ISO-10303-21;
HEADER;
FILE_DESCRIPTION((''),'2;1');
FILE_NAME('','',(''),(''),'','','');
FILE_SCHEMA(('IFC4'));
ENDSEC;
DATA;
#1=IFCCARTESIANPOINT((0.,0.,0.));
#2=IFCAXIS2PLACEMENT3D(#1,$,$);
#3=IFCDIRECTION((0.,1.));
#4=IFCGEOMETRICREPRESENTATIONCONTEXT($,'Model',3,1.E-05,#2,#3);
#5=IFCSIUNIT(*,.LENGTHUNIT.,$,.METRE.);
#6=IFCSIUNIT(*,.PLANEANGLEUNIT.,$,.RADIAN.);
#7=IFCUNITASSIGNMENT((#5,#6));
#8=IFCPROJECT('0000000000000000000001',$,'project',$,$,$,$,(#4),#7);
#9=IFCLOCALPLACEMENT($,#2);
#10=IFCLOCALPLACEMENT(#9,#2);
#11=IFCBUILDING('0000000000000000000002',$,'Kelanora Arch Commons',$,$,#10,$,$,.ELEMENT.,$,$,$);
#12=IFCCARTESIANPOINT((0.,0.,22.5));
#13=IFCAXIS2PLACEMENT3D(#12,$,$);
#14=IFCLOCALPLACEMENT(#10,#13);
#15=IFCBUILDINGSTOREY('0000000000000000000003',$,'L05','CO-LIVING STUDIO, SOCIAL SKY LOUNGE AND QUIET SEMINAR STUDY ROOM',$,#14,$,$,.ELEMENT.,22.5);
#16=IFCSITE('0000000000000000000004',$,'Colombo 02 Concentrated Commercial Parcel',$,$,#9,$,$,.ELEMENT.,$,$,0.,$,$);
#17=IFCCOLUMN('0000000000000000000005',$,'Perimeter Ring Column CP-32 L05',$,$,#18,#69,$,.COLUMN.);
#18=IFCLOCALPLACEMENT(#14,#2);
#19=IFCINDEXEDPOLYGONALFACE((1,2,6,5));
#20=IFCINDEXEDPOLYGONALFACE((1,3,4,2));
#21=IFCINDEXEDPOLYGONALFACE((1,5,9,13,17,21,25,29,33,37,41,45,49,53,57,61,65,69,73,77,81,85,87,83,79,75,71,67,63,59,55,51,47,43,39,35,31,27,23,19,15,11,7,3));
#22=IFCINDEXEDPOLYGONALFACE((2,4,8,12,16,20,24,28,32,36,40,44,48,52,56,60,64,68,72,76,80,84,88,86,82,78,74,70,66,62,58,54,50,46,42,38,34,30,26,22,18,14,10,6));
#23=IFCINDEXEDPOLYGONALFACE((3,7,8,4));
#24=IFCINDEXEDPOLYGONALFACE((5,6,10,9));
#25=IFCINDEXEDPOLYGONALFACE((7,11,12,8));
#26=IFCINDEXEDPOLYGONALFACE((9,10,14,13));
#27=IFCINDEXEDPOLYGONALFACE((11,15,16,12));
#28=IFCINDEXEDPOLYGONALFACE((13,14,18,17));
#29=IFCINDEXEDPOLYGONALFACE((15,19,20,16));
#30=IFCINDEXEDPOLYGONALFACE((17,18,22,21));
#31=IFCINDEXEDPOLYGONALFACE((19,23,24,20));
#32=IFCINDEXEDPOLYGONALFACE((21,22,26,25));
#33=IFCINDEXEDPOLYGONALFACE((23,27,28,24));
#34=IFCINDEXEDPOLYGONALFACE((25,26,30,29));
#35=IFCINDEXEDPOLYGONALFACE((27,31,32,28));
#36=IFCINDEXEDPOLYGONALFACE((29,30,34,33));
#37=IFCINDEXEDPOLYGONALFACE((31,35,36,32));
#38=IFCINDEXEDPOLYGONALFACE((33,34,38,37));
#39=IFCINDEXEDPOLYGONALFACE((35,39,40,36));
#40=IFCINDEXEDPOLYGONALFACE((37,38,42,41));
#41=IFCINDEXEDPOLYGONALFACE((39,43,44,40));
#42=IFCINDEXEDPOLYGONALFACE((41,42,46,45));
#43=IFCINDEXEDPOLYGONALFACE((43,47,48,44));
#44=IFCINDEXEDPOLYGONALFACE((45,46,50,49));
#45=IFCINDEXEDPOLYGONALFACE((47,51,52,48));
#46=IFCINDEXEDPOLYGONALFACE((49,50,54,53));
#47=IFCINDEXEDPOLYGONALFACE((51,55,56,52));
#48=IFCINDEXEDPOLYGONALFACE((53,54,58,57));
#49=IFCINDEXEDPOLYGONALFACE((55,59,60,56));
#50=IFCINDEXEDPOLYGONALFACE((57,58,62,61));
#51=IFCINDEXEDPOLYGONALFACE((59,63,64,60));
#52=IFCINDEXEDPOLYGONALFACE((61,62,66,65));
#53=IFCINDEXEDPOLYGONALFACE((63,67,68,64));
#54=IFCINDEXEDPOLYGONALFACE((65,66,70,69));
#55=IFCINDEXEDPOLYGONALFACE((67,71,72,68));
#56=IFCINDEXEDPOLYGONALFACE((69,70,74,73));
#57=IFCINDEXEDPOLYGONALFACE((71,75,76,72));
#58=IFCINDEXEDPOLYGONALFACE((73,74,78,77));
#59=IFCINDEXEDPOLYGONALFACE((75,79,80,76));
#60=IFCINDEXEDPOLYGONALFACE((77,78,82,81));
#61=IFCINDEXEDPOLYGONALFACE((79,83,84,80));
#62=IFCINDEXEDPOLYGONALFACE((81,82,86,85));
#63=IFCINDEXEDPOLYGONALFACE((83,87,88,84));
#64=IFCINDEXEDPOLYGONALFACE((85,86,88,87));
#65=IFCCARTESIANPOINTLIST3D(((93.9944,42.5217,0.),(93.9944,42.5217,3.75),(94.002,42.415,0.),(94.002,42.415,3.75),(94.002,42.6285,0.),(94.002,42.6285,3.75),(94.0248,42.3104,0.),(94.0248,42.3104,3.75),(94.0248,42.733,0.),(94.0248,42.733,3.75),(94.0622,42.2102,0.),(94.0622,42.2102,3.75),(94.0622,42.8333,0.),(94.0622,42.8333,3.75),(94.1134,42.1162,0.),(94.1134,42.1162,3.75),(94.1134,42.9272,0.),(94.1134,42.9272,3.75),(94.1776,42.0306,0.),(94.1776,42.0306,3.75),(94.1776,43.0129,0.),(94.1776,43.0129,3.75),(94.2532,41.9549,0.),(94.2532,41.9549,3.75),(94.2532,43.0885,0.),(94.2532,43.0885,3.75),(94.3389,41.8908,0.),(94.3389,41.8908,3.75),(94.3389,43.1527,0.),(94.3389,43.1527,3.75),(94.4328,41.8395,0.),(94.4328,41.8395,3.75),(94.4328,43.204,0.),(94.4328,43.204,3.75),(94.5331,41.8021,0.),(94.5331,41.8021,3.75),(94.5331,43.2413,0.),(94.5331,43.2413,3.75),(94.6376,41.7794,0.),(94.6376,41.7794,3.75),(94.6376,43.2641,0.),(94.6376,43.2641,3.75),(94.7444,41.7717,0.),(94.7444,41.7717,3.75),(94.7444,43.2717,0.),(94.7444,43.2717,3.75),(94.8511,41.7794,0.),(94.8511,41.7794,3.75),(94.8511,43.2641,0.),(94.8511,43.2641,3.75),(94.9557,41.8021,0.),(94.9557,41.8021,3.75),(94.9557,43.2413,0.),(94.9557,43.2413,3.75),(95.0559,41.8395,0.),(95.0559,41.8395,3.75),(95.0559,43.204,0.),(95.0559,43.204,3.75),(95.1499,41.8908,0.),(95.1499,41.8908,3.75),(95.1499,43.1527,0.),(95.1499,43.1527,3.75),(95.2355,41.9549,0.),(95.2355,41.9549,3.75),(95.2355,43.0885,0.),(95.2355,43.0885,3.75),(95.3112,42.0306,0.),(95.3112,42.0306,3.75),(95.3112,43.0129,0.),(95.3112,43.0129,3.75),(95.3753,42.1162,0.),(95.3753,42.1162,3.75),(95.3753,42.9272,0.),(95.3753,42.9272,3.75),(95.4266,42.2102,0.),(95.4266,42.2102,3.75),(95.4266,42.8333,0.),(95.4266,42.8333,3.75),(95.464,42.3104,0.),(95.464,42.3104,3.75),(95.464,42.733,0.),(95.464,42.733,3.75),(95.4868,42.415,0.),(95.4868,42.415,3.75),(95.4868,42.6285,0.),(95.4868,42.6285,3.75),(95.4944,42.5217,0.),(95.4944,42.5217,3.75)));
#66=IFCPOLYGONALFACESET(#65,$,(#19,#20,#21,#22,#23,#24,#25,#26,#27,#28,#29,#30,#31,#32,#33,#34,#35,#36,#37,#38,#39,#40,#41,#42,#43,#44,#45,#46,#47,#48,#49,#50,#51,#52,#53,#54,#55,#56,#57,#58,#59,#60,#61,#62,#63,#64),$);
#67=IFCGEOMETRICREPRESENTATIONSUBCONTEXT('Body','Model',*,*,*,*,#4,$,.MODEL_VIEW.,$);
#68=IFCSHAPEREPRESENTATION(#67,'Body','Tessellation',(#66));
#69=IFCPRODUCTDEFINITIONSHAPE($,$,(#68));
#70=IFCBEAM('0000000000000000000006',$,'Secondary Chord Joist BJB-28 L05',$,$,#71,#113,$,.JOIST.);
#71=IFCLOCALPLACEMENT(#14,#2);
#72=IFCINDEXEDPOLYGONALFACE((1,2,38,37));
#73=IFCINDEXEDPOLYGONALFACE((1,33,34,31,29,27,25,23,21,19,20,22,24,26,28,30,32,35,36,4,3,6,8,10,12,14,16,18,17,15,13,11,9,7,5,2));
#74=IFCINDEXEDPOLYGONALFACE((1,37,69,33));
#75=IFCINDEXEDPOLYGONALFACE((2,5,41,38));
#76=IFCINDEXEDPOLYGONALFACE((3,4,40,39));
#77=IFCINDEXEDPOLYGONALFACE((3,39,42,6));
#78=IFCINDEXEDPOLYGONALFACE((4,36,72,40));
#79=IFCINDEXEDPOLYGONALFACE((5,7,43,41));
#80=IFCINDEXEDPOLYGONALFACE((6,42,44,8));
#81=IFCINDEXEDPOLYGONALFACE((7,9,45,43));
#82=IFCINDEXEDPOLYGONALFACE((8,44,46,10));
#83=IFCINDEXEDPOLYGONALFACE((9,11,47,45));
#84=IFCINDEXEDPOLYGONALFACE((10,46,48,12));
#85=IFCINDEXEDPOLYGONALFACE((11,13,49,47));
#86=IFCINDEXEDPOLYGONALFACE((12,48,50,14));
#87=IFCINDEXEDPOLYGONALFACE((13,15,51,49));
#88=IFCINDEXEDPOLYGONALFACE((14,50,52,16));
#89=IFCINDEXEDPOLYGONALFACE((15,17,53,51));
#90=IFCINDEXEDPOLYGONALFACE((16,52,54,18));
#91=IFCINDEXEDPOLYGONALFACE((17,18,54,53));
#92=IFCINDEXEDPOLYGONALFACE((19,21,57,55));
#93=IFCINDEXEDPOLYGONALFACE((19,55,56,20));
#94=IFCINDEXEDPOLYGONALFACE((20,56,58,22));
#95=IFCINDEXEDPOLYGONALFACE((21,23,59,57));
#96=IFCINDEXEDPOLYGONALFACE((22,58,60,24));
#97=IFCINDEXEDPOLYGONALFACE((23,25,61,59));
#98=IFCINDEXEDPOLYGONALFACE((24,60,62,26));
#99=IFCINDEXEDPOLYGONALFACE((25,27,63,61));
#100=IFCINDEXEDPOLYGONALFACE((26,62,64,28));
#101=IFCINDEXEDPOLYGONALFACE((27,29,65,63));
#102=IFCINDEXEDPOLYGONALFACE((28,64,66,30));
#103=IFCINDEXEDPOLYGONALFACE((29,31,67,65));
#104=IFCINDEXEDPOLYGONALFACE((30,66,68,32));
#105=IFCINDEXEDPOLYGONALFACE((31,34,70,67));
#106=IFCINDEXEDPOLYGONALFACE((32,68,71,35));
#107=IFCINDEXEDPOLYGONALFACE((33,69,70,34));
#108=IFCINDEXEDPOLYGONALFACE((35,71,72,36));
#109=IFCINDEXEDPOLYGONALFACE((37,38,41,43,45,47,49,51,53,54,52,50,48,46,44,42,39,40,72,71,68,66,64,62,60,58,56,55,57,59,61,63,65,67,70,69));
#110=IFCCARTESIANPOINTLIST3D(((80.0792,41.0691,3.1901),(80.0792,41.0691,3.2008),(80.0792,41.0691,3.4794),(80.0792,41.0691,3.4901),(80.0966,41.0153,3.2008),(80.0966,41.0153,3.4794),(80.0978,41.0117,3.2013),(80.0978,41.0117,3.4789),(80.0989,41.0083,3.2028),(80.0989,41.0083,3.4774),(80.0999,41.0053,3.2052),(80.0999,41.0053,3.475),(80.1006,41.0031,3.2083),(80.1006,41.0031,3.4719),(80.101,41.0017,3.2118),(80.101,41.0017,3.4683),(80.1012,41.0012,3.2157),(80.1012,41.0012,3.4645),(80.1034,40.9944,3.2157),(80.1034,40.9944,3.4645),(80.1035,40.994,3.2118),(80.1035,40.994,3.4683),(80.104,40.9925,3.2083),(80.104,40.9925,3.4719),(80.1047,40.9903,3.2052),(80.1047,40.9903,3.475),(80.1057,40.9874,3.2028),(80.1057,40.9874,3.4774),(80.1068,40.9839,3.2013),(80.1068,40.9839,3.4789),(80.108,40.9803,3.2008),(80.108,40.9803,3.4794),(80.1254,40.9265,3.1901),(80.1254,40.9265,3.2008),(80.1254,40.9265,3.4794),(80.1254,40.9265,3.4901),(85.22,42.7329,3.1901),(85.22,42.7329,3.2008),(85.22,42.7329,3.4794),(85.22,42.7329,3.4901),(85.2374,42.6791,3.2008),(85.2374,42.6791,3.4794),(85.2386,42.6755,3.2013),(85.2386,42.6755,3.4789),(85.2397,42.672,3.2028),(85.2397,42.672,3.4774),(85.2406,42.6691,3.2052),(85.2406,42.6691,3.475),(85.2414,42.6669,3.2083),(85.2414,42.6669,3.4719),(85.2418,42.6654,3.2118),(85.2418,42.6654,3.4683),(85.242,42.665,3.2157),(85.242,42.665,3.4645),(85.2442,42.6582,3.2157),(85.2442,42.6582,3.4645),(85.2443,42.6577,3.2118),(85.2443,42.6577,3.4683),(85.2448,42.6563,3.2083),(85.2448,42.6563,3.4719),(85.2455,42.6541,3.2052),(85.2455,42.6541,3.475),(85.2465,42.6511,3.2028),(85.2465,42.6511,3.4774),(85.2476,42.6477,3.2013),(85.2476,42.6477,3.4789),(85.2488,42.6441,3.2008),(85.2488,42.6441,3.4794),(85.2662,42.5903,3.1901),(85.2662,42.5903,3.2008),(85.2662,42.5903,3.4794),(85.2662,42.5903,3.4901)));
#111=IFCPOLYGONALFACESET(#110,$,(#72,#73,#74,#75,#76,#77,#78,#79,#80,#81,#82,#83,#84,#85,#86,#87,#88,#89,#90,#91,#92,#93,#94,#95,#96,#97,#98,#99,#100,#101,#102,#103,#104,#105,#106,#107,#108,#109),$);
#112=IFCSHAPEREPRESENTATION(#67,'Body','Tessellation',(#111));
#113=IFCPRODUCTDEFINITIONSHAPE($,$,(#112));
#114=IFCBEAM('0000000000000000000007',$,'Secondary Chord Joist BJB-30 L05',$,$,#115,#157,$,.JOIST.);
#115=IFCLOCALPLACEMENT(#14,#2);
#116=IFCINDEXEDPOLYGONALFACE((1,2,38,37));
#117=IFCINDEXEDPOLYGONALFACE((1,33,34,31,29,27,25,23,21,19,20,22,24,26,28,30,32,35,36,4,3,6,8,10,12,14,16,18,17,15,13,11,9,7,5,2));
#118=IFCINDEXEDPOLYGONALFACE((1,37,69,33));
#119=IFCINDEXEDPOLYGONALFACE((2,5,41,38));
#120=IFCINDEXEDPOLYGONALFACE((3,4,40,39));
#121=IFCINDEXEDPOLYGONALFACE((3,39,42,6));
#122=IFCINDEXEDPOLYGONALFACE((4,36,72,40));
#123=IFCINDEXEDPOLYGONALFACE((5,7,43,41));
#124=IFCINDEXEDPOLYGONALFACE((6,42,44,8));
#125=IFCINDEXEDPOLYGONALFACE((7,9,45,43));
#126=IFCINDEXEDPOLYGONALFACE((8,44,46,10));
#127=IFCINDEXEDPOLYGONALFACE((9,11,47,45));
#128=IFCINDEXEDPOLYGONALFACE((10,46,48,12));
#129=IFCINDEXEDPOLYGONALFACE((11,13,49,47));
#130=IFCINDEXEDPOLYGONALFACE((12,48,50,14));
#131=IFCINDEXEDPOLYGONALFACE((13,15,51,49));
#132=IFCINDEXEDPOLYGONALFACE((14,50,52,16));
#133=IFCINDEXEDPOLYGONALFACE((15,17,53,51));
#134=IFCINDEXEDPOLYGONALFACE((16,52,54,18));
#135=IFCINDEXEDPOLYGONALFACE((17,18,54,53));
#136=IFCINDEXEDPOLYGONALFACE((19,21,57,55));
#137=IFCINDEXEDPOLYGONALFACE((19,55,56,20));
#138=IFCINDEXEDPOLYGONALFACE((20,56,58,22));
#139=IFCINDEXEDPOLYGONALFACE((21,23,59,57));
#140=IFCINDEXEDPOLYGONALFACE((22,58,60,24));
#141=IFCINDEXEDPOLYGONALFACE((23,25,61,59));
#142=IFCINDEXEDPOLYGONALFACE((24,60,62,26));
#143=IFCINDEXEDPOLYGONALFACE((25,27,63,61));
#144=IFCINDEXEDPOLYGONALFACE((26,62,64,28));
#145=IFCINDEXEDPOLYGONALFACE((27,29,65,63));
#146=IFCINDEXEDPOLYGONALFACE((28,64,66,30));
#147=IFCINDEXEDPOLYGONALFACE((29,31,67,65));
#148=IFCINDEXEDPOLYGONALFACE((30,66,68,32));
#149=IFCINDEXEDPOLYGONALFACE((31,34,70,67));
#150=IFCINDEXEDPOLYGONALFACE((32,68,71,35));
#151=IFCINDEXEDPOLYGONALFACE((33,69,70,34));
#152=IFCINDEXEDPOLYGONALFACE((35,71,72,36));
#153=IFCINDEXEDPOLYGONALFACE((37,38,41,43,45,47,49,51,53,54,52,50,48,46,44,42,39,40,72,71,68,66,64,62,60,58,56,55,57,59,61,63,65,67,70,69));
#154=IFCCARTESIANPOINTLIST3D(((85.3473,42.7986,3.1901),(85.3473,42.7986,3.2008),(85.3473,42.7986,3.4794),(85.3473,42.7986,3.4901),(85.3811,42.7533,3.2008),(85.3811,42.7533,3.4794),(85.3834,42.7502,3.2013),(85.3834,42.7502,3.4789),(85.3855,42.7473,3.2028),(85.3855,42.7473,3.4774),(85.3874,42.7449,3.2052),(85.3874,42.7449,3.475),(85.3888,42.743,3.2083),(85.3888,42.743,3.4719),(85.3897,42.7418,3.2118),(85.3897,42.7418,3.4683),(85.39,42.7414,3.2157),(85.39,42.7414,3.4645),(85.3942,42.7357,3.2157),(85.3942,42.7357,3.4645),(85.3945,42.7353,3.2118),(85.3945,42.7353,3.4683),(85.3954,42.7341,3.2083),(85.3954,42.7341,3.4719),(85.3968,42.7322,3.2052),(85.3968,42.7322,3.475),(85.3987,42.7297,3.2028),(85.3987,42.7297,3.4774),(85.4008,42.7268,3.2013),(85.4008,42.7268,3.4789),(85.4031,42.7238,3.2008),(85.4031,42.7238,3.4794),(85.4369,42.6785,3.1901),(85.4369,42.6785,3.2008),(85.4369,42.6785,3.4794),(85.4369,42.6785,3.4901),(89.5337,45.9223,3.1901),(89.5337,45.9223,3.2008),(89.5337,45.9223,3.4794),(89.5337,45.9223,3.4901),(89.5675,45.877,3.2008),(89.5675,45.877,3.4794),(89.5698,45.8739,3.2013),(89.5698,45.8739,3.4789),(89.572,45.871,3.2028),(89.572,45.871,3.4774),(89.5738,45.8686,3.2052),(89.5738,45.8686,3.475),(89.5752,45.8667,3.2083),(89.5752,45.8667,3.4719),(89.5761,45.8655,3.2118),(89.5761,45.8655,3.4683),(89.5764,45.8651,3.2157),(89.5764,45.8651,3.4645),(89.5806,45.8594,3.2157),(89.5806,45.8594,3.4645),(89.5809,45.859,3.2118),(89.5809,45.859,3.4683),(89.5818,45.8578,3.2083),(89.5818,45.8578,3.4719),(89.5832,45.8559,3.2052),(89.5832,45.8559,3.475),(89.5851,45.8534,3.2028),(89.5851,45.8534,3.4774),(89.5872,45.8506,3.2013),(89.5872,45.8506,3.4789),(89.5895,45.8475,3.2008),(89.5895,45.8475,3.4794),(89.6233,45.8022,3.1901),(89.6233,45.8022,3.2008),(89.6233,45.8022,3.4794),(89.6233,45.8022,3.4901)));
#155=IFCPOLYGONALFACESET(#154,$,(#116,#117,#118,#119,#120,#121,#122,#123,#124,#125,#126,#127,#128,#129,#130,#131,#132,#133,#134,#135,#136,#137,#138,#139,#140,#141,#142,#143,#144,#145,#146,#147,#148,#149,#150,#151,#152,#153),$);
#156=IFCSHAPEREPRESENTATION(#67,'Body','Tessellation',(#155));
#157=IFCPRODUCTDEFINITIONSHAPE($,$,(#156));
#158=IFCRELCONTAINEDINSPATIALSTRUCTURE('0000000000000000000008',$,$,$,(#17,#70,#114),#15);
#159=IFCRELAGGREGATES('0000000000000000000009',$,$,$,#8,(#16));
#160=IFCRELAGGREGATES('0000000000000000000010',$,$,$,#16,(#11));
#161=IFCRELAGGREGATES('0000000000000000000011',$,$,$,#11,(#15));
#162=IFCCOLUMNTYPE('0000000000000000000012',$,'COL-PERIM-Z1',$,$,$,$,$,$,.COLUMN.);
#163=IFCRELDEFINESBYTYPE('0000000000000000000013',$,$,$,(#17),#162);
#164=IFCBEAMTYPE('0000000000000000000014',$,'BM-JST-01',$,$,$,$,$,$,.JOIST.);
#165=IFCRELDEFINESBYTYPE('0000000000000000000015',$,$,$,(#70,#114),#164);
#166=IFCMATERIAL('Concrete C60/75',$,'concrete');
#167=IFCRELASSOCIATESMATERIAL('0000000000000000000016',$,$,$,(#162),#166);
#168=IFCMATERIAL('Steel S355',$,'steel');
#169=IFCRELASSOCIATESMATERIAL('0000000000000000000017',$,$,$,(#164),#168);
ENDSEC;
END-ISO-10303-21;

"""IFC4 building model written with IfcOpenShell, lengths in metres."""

from ifc_helpers import new_model, si_unit, direction, frame, origin, origin_2d, place, context, subcontext, project, spatial, circle, i_section, extrude, material, material_profile, profile_set, type_object, element, save


model = new_model("IFC4")

# Units and contexts
model_context = context("Model", 3, precision=1e-05, world=origin(), true_north=direction((0.0, 1.0)))
body_context = subcontext(model_context, "Body", "Model", "MODEL_VIEW")
ifc_project = project(units=[si_unit("LENGTHUNIT", "METRE"), si_unit("PLANEANGLEUNIT", "RADIAN")], contexts=[model_context])

# Site, building, storey
site_placement = place(None, origin())
site = spatial("IfcSite", under=ifc_project, at=site_placement, Name="Colombo 02 Concentrated Commercial Parcel", CompositionType="ELEMENT", RefElevation=0.0)
building_placement = place(site_placement, origin())
building = spatial("IfcBuilding", under=site, at=building_placement, Name="Kelanora Arch Commons", CompositionType="ELEMENT")
storey_placement = place(building_placement, frame((0.0, 0.0, 22.5)))
storey = spatial("IfcBuildingStorey", under=building, at=storey_placement, Name="L05", Description="CO-LIVING STUDIO, SOCIAL SKY LOUNGE AND QUIET SEMINAR STUDY ROOM", CompositionType="ELEMENT", Elevation=22.5)

# Column
ifc_material_1 = material(Name="Concrete C60/75", Category="concrete")
ifc_material_profile_1 = material_profile(ifc_material_1, circle(Radius=0.75, at=origin_2d()), Name="RCC1500")
ifc_profile_set_1 = profile_set([ifc_material_profile_1], Name="Concrete C60/75")
column_type = type_object("IfcColumnType", Name="COL-PERIM-Z1", PredefinedType="COLUMN", material=ifc_profile_set_1)
column_placement = place(storey_placement, frame((94.7444, 42.5217, 0.0), z_axis=(0.0, 0.0, 1.0), x_axis=(1.0, 0.0, 0.0)))
element("IfcColumn", 1, at=column_placement, inside=storey, type_object=column_type, Name="Perimeter Ring Column CP-32 L05", PredefinedType="COLUMN", context=body_context, shape_type="SweptSolid", body=[
    extrude(circle(Radius=0.75, at=origin_2d()), origin(), (0.0, 0.0, 1.0), 3.75),
])

# Beams
ifc_material_2 = material(Name="Steel S355", Category="steel")
ifc_material_profile_2 = material_profile(ifc_material_2, i_section(OverallWidth=0.1499, OverallDepth=0.3, WebThickness=0.0071, FlangeThickness=0.0107, FilletRadius=0.0149, at=origin_2d()), Name="IPE300")
ifc_profile_set_2 = profile_set([ifc_material_profile_2], Name="Steel S355")
beam_type_1 = type_object("IfcBeamType", Name="BM-JST-01", PredefinedType="JOIST", material=ifc_profile_set_2)
beam_1_placement = place(storey_placement, frame((80.1023, 40.9978, 3.3401), z_axis=(0.951412, 0.30792, 0.0), x_axis=(-0.30792, 0.951412, 0.0)))
element("IfcBeam", 2, at=beam_1_placement, inside=storey, type_object=beam_type_1, Name="Secondary Chord Joist BJB-28 L05", PredefinedType="JOIST", context=body_context, shape_type="SweptSolid", body=[
    extrude(i_section(OverallWidth=0.1499, OverallDepth=0.3, WebThickness=0.0071, FlangeThickness=0.0107, FilletRadius=0.0149, at=origin_2d()), origin(), (0.0, 0.0, 1.0), 5.4033),
])
beam_2_placement = place(storey_placement, frame((85.3921, 42.7385, 3.3401), z_axis=(0.801478, 0.598024, 0.0), x_axis=(-0.598024, 0.801478, 0.0)))
element("IfcBeam", 3, at=beam_2_placement, inside=storey, type_object=beam_type_1, Name="Secondary Chord Joist BJB-30 L05", PredefinedType="JOIST", context=body_context, shape_type="SweptSolid", body=[
    extrude(i_section(OverallWidth=0.1499, OverallDepth=0.3, WebThickness=0.0071, FlangeThickness=0.0107, FilletRadius=0.0149, at=origin_2d()), origin(), (0.0, 0.0, 1.0), 5.2234),
])

save(model, "model.ifc")
